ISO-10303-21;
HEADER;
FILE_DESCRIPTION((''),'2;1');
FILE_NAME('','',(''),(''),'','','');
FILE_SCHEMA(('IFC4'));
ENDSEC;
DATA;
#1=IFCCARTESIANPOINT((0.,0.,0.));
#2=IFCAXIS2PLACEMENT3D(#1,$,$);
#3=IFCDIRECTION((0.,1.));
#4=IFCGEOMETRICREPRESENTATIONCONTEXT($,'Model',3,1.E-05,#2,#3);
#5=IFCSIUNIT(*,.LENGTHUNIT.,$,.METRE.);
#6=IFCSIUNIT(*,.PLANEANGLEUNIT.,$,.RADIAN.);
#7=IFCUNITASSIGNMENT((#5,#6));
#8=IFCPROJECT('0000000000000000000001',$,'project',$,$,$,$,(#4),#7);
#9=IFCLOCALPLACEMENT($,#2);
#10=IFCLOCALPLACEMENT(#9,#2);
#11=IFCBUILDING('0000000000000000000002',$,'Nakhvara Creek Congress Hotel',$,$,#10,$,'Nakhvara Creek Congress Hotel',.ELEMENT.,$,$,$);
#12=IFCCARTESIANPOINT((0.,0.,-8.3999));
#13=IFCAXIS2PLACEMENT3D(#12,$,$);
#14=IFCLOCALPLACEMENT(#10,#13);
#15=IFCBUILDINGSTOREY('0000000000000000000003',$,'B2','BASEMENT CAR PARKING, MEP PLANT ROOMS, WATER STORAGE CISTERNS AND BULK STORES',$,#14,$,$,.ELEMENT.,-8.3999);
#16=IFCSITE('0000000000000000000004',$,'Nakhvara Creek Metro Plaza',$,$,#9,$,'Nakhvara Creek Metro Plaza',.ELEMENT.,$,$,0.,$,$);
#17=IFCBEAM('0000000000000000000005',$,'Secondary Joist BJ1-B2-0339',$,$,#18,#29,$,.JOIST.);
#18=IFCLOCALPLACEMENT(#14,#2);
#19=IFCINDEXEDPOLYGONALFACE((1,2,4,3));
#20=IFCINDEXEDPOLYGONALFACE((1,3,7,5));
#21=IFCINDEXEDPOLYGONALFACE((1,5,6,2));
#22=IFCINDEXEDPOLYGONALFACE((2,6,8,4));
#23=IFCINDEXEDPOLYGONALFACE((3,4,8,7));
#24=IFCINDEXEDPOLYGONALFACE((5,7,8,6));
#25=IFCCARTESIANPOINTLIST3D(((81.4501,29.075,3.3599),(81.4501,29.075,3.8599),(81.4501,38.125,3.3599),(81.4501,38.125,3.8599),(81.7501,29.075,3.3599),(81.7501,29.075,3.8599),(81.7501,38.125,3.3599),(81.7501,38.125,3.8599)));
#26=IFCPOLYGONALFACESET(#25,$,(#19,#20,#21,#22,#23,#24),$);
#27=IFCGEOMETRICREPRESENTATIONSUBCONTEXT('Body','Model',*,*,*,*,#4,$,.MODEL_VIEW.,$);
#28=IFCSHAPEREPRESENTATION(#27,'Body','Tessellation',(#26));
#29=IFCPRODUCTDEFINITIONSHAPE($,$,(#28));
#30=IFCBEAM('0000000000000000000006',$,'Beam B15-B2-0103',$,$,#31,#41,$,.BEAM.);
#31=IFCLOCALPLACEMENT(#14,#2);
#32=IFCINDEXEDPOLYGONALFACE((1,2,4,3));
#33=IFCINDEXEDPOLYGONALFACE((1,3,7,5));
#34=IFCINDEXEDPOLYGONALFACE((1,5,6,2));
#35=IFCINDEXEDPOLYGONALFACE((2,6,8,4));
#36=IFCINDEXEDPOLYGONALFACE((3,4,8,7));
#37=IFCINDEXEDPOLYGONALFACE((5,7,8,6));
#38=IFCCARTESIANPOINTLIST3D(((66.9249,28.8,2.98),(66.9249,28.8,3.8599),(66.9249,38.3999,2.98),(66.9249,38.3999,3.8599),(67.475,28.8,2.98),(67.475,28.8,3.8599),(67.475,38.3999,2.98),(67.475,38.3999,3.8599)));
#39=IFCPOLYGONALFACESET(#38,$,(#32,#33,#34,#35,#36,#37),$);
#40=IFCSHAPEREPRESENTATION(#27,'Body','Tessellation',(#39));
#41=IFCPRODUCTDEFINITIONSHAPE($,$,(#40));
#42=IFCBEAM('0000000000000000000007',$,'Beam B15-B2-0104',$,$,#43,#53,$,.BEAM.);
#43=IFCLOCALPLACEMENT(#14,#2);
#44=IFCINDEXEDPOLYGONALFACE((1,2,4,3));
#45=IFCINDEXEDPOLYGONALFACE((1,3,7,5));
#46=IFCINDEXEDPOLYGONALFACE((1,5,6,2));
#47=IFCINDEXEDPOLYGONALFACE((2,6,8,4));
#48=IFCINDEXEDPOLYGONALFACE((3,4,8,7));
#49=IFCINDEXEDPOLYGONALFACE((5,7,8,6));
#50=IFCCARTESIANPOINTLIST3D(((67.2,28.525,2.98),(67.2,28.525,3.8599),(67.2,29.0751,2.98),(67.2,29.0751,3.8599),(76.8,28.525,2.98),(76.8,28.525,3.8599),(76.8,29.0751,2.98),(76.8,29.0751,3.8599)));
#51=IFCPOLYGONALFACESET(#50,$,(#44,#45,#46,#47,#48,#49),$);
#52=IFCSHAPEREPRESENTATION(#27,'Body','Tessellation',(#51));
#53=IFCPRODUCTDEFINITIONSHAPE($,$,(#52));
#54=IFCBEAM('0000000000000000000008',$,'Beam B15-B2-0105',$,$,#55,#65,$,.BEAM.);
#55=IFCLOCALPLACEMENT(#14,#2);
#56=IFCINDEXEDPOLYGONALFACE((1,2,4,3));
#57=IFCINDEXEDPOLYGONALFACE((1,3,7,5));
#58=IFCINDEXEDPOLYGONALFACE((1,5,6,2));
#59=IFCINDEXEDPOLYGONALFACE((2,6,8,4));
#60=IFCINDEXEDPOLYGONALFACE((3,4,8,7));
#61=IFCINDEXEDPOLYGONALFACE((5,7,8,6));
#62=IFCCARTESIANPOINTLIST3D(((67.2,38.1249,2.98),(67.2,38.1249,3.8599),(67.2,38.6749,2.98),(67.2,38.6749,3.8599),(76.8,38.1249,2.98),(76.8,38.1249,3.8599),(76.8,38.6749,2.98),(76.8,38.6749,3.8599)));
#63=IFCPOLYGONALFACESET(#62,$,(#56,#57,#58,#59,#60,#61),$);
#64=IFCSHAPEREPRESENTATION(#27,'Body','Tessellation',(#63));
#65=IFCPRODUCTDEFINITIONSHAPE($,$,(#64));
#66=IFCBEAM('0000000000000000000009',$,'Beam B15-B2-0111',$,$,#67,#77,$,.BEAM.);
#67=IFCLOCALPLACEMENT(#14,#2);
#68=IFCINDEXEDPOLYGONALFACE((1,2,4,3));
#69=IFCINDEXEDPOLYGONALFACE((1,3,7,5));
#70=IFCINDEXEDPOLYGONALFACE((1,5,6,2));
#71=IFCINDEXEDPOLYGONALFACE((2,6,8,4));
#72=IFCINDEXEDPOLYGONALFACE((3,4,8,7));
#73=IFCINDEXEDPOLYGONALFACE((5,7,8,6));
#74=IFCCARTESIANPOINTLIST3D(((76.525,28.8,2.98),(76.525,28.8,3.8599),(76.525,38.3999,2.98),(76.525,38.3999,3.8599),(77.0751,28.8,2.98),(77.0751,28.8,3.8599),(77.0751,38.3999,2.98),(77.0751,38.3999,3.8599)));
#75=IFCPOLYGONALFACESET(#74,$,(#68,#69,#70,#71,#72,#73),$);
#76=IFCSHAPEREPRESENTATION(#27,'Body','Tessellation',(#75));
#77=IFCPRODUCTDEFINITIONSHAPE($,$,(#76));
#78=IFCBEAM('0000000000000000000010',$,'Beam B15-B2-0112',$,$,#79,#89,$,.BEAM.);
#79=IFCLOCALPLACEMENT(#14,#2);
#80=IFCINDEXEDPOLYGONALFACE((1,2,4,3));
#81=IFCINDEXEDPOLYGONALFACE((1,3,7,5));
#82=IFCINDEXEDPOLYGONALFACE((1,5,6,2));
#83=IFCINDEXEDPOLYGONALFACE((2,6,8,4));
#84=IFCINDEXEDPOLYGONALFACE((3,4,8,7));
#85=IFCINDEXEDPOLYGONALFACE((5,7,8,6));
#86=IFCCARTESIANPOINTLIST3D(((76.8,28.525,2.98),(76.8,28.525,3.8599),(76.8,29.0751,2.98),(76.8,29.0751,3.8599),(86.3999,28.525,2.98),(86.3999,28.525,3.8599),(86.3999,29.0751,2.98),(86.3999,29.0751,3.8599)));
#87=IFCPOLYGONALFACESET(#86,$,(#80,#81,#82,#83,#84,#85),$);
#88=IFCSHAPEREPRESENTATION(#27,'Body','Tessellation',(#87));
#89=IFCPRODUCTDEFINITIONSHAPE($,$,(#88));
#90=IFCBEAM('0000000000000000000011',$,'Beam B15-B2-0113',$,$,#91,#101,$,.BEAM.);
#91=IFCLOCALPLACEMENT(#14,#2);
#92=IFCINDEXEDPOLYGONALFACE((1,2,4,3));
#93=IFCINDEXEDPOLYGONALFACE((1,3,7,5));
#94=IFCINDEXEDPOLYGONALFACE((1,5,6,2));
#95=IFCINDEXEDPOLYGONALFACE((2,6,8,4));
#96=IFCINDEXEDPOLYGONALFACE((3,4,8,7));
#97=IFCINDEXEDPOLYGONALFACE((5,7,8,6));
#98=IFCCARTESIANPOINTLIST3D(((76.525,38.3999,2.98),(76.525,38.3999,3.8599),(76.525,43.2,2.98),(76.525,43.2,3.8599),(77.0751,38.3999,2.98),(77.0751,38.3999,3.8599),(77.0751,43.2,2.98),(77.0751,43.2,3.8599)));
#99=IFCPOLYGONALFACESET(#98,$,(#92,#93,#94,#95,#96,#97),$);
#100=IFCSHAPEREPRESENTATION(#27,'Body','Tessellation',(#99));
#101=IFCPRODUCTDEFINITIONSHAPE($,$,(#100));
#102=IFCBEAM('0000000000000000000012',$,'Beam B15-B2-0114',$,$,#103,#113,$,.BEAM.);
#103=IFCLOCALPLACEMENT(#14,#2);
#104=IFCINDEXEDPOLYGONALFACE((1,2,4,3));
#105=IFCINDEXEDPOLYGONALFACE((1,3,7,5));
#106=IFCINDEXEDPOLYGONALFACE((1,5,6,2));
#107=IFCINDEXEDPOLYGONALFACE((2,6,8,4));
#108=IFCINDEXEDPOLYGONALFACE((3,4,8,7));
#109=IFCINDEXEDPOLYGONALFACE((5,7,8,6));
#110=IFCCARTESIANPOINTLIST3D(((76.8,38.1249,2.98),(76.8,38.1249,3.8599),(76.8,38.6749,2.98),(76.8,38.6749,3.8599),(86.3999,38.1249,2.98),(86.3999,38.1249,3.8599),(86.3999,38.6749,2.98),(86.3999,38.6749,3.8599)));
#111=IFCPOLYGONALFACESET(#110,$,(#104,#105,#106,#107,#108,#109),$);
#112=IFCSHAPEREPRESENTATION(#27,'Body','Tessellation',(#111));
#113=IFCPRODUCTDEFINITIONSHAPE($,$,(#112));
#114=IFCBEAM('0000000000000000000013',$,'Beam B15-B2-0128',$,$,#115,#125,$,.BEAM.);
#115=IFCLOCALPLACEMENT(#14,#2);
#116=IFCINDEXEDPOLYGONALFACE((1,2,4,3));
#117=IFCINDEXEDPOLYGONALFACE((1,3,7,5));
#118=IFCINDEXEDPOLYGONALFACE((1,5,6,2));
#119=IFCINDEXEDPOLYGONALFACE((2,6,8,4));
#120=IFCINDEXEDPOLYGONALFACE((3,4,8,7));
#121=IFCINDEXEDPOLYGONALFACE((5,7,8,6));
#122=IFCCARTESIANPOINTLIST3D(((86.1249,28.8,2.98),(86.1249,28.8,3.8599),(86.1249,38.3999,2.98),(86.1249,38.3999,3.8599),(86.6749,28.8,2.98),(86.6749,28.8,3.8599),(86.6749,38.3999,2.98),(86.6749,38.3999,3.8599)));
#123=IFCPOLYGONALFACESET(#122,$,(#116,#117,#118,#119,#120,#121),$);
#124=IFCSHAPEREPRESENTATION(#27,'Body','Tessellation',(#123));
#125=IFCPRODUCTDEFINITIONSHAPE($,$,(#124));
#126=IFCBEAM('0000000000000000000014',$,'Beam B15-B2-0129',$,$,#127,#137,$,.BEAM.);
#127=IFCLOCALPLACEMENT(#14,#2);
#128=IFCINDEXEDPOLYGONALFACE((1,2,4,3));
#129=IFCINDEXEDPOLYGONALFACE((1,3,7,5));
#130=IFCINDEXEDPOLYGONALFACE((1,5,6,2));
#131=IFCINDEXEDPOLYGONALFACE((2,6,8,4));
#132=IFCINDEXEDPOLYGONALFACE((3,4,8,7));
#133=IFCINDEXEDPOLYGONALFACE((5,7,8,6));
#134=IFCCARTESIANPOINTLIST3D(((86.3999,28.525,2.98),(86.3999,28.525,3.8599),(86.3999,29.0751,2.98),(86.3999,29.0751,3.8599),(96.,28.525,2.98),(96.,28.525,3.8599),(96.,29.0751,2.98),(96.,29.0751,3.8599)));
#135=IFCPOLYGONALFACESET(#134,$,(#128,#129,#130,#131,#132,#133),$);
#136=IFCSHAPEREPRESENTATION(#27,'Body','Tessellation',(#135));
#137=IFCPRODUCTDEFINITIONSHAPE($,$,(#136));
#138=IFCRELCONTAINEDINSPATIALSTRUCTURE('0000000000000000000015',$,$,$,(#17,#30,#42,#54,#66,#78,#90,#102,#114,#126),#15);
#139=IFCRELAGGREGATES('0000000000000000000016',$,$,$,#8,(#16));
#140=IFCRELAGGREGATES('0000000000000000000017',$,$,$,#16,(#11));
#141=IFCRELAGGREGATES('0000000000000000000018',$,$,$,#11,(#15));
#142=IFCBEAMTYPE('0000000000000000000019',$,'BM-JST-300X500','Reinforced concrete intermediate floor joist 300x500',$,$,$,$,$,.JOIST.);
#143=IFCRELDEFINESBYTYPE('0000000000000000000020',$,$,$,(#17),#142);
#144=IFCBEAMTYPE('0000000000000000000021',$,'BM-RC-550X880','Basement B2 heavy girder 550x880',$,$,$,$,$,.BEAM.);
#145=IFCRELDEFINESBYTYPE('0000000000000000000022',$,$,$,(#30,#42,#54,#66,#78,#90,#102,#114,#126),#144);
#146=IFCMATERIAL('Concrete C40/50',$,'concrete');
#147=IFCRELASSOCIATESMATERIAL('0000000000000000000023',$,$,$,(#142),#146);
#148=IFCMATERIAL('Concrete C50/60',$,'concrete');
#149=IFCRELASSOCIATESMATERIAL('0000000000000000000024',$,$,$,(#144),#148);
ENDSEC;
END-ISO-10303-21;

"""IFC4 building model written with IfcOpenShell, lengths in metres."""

from ifc_helpers import new_model, si_unit, direction, frame, origin, origin_2d, place, context, subcontext, project, spatial, rectangle, extrude, material, material_profile, profile_set, type_object, element, save


model = new_model("IFC4")

# Units and contexts
model_context = context("Model", 3, precision=1e-05, world=origin(), true_north=direction((0.0, 1.0)))
body_context = subcontext(model_context, "Body", "Model", "MODEL_VIEW")
ifc_project = project(units=[si_unit("LENGTHUNIT", "METRE"), si_unit("PLANEANGLEUNIT", "RADIAN")], contexts=[model_context])

# Site, building, storey
site_placement = place(None, origin())
site = spatial("IfcSite", under=ifc_project, at=site_placement, Name="Nakhvara Creek Metro Plaza", LongName="Nakhvara Creek Metro Plaza", CompositionType="ELEMENT", RefElevation=0.0)
building_placement = place(site_placement, origin())
building = spatial("IfcBuilding", under=site, at=building_placement, Name="Nakhvara Creek Congress Hotel", LongName="Nakhvara Creek Congress Hotel", CompositionType="ELEMENT")
storey_placement = place(building_placement, frame((0.0, 0.0, -8.3999)))
storey = spatial("IfcBuildingStorey", under=building, at=storey_placement, Name="B2", Description="BASEMENT CAR PARKING, MEP PLANT ROOMS, WATER STORAGE CISTERNS AND BULK STORES", CompositionType="ELEMENT", Elevation=-8.3999)

# Shared definitions
ifc_material_1 = material(Name="Concrete C40/50", Category="concrete")

# Shared definitions
ifc_material_2 = material(Name="Concrete C50/60", Category="concrete")

# Beams
ifc_material_profile_1 = material_profile(ifc_material_1, rectangle(XDim=0.3, YDim=0.5, at=origin_2d()), Name="RC-BM 300x500", Category="LoadBearing")
ifc_profile_set_1 = profile_set([ifc_material_profile_1], Name="Concrete C40/50")
beam_type_1 = type_object("IfcBeamType", Name="BM-JST-300X500", Description="Reinforced concrete intermediate floor joist 300x500", PredefinedType="JOIST", material=ifc_profile_set_1)
for number, where, z_axis, x_axis, name in (
    (1, (81.6001, 29.075, 3.6099), (0.0, 1.0, 0.0), (-1.0, 0.0, 0.0), "Secondary Joist BJ1-B2-0339"),
):
    element("IfcBeam", number, at=place(storey_placement, frame(where, z_axis=z_axis, x_axis=x_axis)), inside=storey, type_object=beam_type_1, Name=name, PredefinedType="JOIST", context=body_context, shape_type="SweptSolid", body=[
        extrude(rectangle(XDim=0.3, YDim=0.5, at=origin_2d()), origin(), (0.0, 0.0, 1.0), 9.05),
    ])
ifc_material_profile_2 = material_profile(ifc_material_2, rectangle(XDim=0.55, YDim=0.8799, at=origin_2d()), Name="RC-BM 550x880", Category="LoadBearing")
ifc_profile_set_2 = profile_set([ifc_material_profile_2], Name="Concrete C50/60")
beam_type_2 = type_object("IfcBeamType", Name="BM-RC-550X880", Description="Basement B2 heavy girder 550x880", PredefinedType="BEAM", material=ifc_profile_set_2)
beam_1_placement = place(storey_placement, frame((67.2, 28.8, 3.4199), z_axis=(0.0, 1.0, 0.0), x_axis=(-1.0, 0.0, 0.0)))
element("IfcBeam", 2, at=beam_1_placement, inside=storey, type_object=beam_type_2, Name="Beam B15-B2-0103", PredefinedType="BEAM", context=body_context, shape_type="SweptSolid", body=[
    extrude(rectangle(XDim=0.55, YDim=0.8799, at=origin_2d()), origin(), (0.0, 0.0, 1.0), 9.5999),
])
for number, where, z_axis, x_axis, name in (
    (3, (67.2, 28.8, 3.4199), (1.0, 0.0, 0.0), (0.0, 1.0, 0.0), "Beam B15-B2-0104"),
    (4, (67.2, 38.3999, 3.4199), (1.0, 0.0, 0.0), (0.0, 1.0, 0.0), "Beam B15-B2-0105"),
):
    element("IfcBeam", number, at=place(storey_placement, frame(where, z_axis=z_axis, x_axis=x_axis)), inside=storey, type_object=beam_type_2, Name=name, PredefinedType="BEAM", context=body_context, shape_type="SweptSolid", body=[
        extrude(rectangle(XDim=0.55, YDim=0.8799, at=origin_2d()), origin(), (0.0, 0.0, 1.0), 9.6001),
    ])
for number, where, z_axis, x_axis, name in (
    (5, (76.8, 28.8, 3.4199), (0.0, 1.0, 0.0), (-1.0, 0.0, 0.0), "Beam B15-B2-0111"),
    (6, (76.8, 28.8, 3.4199), (1.0, 0.0, 0.0), (0.0, 1.0, 0.0), "Beam B15-B2-0112"),
):
    element("IfcBeam", number, at=place(storey_placement, frame(where, z_axis=z_axis, x_axis=x_axis)), inside=storey, type_object=beam_type_2, Name=name, PredefinedType="BEAM", context=body_context, shape_type="SweptSolid", body=[
        extrude(rectangle(XDim=0.55, YDim=0.8799, at=origin_2d()), origin(), (0.0, 0.0, 1.0), 9.5999),
    ])
beam_2_placement = place(storey_placement, frame((76.8, 38.3999, 3.4199), z_axis=(0.0, 1.0, 0.0), x_axis=(-1.0, 0.0, 0.0)))
element("IfcBeam", 7, at=beam_2_placement, inside=storey, type_object=beam_type_2, Name="Beam B15-B2-0113", PredefinedType="BEAM", context=body_context, shape_type="SweptSolid", body=[
    extrude(rectangle(XDim=0.55, YDim=0.8799, at=origin_2d()), origin(), (0.0, 0.0, 1.0), 4.8),
])
for number, where, z_axis, x_axis, name in (
    (8, (76.8, 38.3999, 3.4199), (1.0, 0.0, 0.0), (0.0, 1.0, 0.0), "Beam B15-B2-0114"),
    (9, (86.3999, 28.8, 3.4199), (0.0, 1.0, 0.0), (-1.0, 0.0, 0.0), "Beam B15-B2-0128"),
):
    element("IfcBeam", number, at=place(storey_placement, frame(where, z_axis=z_axis, x_axis=x_axis)), inside=storey, type_object=beam_type_2, Name=name, PredefinedType="BEAM", context=body_context, shape_type="SweptSolid", body=[
        extrude(rectangle(XDim=0.55, YDim=0.8799, at=origin_2d()), origin(), (0.0, 0.0, 1.0), 9.5999),
    ])
beam_3_placement = place(storey_placement, frame((86.3999, 28.8, 3.4199), z_axis=(1.0, 0.0, 0.0), x_axis=(0.0, 1.0, 0.0)))
element("IfcBeam", 10, at=beam_3_placement, inside=storey, type_object=beam_type_2, Name="Beam B15-B2-0129", PredefinedType="BEAM", context=body_context, shape_type="SweptSolid", body=[
    extrude(rectangle(XDim=0.55, YDim=0.8799, at=origin_2d()), origin(), (0.0, 0.0, 1.0), 9.6001),
])

save(model, "model.ifc")
